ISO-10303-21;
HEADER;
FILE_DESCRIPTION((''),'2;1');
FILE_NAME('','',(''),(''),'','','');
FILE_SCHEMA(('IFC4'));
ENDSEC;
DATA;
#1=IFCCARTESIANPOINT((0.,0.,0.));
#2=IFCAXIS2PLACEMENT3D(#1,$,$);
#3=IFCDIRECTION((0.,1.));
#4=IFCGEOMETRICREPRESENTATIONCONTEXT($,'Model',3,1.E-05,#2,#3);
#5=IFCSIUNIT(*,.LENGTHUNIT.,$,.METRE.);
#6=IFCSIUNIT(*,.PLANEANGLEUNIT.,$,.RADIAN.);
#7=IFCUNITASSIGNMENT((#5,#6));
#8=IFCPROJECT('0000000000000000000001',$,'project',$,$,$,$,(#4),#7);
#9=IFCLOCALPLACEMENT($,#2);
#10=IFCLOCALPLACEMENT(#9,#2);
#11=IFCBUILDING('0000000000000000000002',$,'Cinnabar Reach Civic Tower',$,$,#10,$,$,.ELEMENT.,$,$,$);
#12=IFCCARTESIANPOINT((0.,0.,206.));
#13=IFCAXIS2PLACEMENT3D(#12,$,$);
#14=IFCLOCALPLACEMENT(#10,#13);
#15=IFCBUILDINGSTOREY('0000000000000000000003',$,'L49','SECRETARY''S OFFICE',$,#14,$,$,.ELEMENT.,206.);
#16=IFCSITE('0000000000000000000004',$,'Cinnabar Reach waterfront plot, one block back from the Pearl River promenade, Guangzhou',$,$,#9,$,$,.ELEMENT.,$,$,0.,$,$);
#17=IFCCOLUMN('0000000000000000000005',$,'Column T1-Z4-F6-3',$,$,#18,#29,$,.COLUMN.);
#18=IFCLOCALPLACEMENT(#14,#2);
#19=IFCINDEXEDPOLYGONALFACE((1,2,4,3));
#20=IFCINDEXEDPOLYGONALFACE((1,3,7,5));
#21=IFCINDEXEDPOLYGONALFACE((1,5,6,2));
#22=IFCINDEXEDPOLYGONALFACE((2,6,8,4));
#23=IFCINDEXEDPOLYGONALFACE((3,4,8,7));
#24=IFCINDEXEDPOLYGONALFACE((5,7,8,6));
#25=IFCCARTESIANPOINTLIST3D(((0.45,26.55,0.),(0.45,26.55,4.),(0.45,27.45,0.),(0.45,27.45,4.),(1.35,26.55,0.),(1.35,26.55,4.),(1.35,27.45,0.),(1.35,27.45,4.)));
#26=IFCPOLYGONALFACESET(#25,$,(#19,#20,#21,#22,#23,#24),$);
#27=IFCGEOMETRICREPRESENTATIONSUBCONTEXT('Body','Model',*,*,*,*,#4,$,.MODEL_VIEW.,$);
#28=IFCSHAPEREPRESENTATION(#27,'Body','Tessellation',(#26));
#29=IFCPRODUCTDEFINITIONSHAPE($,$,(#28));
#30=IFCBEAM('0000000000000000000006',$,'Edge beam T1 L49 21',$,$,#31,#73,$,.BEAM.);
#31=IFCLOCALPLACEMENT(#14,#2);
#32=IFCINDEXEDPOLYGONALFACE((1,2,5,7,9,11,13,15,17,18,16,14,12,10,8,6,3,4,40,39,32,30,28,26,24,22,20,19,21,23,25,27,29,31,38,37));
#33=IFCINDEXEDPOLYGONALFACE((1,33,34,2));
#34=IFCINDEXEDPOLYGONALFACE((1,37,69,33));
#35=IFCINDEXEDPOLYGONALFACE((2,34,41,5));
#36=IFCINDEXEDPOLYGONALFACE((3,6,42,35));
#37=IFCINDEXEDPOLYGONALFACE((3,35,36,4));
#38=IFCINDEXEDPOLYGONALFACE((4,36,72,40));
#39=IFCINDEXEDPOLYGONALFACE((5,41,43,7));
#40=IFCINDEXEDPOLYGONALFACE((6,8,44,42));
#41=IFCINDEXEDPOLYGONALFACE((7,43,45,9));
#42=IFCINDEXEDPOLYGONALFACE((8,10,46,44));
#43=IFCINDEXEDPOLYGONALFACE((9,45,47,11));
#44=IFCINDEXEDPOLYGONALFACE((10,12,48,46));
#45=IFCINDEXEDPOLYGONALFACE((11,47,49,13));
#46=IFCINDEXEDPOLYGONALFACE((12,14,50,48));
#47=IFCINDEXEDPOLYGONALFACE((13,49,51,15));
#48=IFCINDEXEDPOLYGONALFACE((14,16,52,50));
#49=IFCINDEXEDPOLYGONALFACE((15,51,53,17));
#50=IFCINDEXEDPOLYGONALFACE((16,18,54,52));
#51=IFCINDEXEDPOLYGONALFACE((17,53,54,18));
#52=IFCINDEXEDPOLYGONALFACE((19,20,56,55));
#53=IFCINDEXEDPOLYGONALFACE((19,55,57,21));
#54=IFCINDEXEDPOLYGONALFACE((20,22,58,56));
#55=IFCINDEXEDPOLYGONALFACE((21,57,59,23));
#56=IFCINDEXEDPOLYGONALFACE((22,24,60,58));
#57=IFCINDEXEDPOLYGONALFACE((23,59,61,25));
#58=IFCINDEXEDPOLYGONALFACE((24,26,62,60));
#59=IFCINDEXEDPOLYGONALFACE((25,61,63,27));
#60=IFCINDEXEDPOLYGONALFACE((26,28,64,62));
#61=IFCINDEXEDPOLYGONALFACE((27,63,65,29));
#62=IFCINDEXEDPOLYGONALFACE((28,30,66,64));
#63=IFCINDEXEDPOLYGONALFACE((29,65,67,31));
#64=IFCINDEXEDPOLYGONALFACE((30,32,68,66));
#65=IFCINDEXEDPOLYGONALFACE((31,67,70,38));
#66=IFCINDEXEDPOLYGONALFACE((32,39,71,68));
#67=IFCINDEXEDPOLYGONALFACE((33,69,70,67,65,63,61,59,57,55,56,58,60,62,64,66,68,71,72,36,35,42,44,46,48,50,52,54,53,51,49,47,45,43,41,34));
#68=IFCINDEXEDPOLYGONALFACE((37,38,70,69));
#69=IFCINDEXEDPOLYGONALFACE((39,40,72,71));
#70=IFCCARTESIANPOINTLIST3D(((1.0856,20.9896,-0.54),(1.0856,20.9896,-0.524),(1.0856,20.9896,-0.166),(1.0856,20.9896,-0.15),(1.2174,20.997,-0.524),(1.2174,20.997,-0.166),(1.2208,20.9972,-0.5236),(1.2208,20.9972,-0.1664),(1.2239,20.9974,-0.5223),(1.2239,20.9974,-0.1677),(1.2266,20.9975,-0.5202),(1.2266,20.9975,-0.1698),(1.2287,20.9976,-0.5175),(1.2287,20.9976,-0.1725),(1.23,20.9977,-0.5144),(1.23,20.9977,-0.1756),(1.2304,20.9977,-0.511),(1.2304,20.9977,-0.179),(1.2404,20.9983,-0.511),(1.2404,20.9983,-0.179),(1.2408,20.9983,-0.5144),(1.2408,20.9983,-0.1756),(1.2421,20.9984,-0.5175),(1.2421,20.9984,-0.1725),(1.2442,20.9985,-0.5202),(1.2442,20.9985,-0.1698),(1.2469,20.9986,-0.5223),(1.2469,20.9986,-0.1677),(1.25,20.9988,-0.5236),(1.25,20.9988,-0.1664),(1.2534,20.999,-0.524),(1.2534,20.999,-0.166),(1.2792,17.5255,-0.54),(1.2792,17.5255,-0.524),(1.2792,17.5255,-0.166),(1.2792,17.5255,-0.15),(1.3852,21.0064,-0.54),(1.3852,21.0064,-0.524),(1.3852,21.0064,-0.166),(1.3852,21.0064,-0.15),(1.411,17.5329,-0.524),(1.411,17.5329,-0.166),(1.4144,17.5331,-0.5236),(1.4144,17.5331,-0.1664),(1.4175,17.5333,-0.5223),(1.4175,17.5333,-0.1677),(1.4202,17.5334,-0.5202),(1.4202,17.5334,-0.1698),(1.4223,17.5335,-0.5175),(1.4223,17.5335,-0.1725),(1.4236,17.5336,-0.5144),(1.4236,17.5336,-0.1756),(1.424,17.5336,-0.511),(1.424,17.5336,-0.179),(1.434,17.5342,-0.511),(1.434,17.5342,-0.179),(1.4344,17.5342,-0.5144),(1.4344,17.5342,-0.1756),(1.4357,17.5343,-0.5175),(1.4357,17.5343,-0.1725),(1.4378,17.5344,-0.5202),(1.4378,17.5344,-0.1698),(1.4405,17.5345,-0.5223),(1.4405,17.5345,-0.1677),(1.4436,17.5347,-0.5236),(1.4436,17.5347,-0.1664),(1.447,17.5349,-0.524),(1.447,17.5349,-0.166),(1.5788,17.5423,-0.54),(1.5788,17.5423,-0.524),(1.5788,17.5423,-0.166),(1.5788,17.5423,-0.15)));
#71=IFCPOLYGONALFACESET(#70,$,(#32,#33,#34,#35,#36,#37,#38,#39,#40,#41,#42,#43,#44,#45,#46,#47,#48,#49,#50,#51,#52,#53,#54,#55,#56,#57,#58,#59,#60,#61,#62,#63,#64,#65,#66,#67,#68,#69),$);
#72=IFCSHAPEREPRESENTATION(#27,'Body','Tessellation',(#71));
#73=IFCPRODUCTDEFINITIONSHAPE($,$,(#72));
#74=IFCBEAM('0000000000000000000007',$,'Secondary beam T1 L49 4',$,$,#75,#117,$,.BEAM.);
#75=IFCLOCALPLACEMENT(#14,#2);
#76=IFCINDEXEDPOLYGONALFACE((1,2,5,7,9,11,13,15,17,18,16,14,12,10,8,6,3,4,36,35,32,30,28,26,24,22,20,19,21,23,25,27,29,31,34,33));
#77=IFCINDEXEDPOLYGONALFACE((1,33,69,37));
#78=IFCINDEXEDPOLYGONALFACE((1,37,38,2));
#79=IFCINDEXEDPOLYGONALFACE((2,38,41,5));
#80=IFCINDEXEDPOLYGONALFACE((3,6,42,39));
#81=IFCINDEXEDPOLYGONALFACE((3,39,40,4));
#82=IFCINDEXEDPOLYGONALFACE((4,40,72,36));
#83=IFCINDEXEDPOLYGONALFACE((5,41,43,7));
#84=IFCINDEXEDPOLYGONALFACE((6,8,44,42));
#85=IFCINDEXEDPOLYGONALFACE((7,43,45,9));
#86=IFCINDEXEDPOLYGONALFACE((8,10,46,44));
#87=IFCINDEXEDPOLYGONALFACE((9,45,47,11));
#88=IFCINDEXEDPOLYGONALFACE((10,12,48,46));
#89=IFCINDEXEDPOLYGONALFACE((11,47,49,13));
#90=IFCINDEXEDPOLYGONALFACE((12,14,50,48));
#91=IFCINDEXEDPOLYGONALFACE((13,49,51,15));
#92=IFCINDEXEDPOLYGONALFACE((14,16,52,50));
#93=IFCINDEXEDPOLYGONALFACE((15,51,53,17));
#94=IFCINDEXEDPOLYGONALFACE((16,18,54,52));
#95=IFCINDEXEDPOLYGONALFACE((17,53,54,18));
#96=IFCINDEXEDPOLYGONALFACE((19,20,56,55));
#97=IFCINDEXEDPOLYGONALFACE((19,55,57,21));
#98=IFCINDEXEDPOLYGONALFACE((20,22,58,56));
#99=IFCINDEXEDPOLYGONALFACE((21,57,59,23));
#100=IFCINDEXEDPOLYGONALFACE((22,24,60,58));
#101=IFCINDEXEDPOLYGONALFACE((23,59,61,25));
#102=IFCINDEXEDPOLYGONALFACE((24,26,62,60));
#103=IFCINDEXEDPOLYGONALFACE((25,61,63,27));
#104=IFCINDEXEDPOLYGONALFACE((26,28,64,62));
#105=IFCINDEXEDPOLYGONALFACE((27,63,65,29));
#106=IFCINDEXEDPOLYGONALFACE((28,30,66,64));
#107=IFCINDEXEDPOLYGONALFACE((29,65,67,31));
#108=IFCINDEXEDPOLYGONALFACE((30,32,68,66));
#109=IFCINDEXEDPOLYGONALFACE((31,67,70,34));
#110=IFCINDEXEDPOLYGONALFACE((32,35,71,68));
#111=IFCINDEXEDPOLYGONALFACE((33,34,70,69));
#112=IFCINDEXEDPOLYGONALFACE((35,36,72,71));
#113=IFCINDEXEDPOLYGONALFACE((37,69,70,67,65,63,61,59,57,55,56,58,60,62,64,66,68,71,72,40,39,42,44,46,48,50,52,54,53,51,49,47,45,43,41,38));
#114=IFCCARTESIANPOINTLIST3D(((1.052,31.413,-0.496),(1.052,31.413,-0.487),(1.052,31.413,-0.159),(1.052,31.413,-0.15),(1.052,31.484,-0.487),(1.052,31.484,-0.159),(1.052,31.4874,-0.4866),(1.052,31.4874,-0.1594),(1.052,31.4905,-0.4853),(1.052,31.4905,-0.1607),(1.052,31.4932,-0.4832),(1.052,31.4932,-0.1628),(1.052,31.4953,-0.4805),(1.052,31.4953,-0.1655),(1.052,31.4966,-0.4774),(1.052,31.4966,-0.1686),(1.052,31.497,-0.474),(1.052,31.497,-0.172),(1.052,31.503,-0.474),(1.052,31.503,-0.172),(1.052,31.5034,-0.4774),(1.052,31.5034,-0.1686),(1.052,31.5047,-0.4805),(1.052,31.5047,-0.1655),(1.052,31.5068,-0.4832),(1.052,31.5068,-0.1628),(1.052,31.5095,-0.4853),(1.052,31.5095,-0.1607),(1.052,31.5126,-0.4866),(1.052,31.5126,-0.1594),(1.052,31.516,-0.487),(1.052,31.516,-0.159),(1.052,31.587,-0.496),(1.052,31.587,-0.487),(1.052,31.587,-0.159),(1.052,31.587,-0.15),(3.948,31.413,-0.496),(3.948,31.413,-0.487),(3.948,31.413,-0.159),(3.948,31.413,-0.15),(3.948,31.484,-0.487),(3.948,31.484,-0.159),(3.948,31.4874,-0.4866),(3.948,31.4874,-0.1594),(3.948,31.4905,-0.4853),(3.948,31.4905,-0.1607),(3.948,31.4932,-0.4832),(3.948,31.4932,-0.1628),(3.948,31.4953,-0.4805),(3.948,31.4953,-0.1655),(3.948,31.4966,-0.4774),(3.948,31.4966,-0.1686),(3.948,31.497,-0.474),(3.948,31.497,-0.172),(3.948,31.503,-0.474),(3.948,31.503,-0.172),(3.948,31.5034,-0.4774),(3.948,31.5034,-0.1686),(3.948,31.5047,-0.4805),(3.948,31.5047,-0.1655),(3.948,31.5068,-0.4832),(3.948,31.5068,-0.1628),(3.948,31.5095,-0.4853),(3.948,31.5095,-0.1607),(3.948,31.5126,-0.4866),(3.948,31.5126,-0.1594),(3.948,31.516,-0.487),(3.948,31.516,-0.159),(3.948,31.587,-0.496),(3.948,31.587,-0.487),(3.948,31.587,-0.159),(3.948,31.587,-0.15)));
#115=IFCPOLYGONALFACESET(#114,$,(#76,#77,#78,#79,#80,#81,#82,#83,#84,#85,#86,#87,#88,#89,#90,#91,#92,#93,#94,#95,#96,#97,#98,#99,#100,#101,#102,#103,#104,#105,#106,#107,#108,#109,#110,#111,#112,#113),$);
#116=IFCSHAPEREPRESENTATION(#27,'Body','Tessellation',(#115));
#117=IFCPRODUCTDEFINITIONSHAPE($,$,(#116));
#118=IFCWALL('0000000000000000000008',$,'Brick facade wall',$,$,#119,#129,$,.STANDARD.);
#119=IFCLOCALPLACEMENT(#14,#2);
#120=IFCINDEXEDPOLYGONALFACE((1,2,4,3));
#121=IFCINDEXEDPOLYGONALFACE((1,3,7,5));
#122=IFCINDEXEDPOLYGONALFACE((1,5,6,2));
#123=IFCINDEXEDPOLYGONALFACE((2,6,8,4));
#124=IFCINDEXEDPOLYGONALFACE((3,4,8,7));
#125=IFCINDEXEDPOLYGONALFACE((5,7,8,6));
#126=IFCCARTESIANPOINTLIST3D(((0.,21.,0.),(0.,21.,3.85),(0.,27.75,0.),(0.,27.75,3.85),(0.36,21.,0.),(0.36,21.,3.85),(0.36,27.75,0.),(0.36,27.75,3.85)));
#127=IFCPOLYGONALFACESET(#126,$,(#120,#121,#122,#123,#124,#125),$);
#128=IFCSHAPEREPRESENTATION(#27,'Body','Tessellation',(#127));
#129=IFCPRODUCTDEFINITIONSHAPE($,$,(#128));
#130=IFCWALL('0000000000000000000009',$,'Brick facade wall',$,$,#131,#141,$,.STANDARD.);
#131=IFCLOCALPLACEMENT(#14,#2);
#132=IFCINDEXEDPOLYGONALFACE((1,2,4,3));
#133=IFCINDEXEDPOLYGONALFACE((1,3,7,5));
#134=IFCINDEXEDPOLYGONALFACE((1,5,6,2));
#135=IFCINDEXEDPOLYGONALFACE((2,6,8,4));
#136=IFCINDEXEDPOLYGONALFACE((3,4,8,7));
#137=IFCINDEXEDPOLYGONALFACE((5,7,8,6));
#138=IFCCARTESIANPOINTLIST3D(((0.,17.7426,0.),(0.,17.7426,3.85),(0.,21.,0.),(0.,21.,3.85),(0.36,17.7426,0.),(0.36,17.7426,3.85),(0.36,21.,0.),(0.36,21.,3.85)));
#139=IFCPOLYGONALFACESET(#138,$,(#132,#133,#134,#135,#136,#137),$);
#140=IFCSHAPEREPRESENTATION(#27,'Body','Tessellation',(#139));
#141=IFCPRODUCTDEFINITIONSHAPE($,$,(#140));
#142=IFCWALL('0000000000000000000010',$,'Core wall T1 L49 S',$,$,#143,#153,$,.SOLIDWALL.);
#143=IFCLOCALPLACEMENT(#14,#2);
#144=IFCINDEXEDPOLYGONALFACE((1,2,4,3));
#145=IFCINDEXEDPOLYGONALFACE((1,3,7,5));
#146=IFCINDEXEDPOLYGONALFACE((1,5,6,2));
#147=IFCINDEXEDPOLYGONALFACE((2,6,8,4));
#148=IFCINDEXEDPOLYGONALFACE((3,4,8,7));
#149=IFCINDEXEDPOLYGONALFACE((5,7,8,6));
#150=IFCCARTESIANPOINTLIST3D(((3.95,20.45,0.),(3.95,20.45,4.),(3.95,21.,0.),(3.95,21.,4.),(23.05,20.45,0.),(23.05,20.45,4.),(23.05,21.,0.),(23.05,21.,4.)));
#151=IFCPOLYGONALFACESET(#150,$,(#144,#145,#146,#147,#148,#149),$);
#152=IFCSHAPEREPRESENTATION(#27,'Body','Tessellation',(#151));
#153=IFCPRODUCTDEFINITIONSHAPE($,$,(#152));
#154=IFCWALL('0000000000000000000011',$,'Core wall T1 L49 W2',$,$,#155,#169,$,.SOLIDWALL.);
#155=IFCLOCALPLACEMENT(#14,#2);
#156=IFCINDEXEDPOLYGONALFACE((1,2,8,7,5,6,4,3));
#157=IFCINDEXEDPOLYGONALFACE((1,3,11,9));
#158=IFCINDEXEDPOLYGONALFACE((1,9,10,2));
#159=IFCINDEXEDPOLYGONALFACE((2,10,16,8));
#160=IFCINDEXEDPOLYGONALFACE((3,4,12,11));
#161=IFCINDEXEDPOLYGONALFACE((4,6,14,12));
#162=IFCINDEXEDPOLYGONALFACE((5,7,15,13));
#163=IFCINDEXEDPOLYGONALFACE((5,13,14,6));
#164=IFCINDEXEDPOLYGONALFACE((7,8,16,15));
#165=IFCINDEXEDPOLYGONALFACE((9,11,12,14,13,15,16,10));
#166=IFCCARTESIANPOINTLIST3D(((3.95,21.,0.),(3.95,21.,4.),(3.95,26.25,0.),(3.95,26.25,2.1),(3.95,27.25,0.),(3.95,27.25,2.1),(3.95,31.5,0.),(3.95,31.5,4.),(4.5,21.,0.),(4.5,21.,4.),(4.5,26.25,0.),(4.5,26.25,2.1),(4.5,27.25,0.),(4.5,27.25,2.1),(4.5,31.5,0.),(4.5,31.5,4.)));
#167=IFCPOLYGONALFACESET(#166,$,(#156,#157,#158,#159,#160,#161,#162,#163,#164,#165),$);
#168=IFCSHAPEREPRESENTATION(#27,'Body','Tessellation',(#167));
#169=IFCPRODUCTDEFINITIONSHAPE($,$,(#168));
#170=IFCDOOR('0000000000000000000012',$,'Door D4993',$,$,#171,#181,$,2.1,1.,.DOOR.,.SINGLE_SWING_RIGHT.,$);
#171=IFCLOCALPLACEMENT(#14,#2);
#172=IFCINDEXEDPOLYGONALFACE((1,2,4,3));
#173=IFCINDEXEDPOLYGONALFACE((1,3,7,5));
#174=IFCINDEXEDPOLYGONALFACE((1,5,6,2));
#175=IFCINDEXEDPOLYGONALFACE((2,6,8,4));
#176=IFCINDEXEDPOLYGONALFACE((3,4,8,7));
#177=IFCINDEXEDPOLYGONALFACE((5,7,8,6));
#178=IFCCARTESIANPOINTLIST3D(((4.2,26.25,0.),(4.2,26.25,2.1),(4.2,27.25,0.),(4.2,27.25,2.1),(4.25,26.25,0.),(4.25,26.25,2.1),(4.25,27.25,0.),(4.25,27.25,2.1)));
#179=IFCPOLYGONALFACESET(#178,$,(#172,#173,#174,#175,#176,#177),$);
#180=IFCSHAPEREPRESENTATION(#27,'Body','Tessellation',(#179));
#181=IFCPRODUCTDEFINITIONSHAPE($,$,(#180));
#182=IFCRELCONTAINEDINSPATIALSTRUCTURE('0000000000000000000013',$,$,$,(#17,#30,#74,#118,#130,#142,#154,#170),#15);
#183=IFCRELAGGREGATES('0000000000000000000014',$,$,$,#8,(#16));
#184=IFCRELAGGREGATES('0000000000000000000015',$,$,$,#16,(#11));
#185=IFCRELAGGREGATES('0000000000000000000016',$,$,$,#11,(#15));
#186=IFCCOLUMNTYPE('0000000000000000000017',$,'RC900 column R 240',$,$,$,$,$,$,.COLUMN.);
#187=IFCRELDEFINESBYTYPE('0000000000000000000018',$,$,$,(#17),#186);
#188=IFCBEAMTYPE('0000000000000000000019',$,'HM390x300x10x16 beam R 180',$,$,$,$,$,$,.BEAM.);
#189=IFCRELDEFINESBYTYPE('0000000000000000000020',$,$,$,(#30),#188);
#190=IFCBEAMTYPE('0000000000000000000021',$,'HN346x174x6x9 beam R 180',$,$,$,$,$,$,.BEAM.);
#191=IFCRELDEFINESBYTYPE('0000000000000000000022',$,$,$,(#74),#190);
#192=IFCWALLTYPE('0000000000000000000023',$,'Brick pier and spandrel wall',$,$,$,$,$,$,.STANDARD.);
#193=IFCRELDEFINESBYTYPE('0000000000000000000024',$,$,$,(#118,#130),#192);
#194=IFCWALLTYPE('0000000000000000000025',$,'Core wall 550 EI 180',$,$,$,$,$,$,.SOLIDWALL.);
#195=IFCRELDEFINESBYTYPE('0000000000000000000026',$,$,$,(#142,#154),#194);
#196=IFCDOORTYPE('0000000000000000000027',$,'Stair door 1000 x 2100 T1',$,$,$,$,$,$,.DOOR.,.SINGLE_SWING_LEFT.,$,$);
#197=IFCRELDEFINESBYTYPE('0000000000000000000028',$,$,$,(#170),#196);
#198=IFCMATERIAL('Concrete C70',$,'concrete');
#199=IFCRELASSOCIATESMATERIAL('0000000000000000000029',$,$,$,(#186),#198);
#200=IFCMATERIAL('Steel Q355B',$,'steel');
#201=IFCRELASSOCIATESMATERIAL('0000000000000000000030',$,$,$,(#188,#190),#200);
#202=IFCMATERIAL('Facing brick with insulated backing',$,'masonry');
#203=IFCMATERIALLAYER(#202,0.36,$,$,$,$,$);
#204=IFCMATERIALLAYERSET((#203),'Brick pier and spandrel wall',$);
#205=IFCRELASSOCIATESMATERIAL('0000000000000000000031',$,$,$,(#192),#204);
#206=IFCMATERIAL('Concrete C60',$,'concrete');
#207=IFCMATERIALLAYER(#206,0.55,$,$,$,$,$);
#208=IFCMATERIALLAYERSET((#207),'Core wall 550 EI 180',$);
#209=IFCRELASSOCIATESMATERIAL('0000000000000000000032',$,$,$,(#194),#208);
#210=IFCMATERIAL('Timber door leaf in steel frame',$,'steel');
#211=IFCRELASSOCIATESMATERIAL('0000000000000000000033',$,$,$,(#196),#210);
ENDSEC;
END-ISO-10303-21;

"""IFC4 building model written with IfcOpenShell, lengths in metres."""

from ifc_helpers import new_model, si_unit, direction, frame, frame_2d, origin, origin_2d, place, context, subcontext, project, spatial, rectangle, i_section, extrude, material, layer, layer_set, material_profile, profile_set, type_object, element, fill, save


model = new_model("IFC4")

# Units and contexts
model_context = context("Model", 3, precision=1e-05, world=origin(), true_north=direction((0.0, 1.0)))
body_context = subcontext(model_context, "Body", "Model", "MODEL_VIEW")
ifc_project = project(units=[si_unit("LENGTHUNIT", "METRE"), si_unit("PLANEANGLEUNIT", "RADIAN")], contexts=[model_context])

# Site, building, storey
site_placement = place(None, origin())
site = spatial("IfcSite", under=ifc_project, at=site_placement, Name="Cinnabar Reach waterfront plot, one block back from the Pearl River promenade, Guangzhou", CompositionType="ELEMENT", RefElevation=0.0)
building_placement = place(site_placement, origin())
building = spatial("IfcBuilding", under=site, at=building_placement, Name="Cinnabar Reach Civic Tower", CompositionType="ELEMENT")
storey_placement = place(building_placement, frame((0.0, 0.0, 206.0)))
storey = spatial("IfcBuildingStorey", under=building, at=storey_placement, Name="L49", Description="SECRETARY'S OFFICE", CompositionType="ELEMENT", Elevation=206.0)

# Column
ifc_material_1 = material(Name="Concrete C70", Category="concrete")
ifc_material_profile_1 = material_profile(ifc_material_1, rectangle(XDim=0.9, YDim=0.9, at=origin_2d()), Name="RC900")
ifc_profile_set_1 = profile_set([ifc_material_profile_1], Name="Concrete C70")
column_type = type_object("IfcColumnType", Name="RC900 column R 240", PredefinedType="COLUMN", material=ifc_profile_set_1)
column_placement = place(storey_placement, frame((0.9, 27.0, 0.0), z_axis=(0.0, 0.0, 1.0), x_axis=(1.0, 0.0, 0.0)))
element("IfcColumn", 1, at=column_placement, inside=storey, type_object=column_type, Name="Column T1-Z4-F6-3", PredefinedType="COLUMN", context=body_context, shape_type="SweptSolid", body=[
    extrude(rectangle(XDim=0.9, YDim=0.9, at=origin_2d()), origin(), (0.0, 0.0, 1.0), 4.0),
])

# Beams
ifc_material_2 = material(Name="Steel Q355B", Category="steel")
ifc_material_profile_2 = material_profile(ifc_material_2, i_section(OverallWidth=0.3, OverallDepth=0.39, WebThickness=0.01, FlangeThickness=0.016, FilletRadius=0.013, at=origin_2d()), Name="HM390x300x10x16")
ifc_profile_set_2 = profile_set([ifc_material_profile_2], Name="Steel Q355B")
beam_type_1 = type_object("IfcBeamType", Name="HM390x300x10x16 beam R 180", PredefinedType="BEAM", material=ifc_profile_set_2)
beam_1_placement = place(storey_placement, frame((1.2354, 20.998, -0.345), z_axis=(0.0558, -0.998442, 0.0), x_axis=(0.998442, 0.0558, 0.0)))
element("IfcBeam", 2, at=beam_1_placement, inside=storey, type_object=beam_type_1, Name="Edge beam T1 L49 21", PredefinedType="BEAM", context=body_context, shape_type="SweptSolid", body=[
    extrude(i_section(OverallWidth=0.3, OverallDepth=0.39, WebThickness=0.01, FlangeThickness=0.016, FilletRadius=0.013, at=origin_2d()), origin(), (0.0, 0.0, 1.0), 3.4695),
])
ifc_material_profile_3 = material_profile(ifc_material_2, i_section(OverallWidth=0.174, OverallDepth=0.346, WebThickness=0.006, FlangeThickness=0.009, FilletRadius=0.013, at=origin_2d()), Name="HN346x174x6x9")
ifc_profile_set_3 = profile_set([ifc_material_profile_3], Name="Steel Q355B")
beam_type_2 = type_object("IfcBeamType", Name="HN346x174x6x9 beam R 180", PredefinedType="BEAM", material=ifc_profile_set_3)
beam_2_placement = place(storey_placement, frame((1.052, 31.5, -0.323), z_axis=(1.0, 0.0, 0.0), x_axis=(0.0, 1.0, 0.0)))
element("IfcBeam", 3, at=beam_2_placement, inside=storey, type_object=beam_type_2, Name="Secondary beam T1 L49 4", PredefinedType="BEAM", context=body_context, shape_type="SweptSolid", body=[
    extrude(i_section(OverallWidth=0.174, OverallDepth=0.346, WebThickness=0.006, FlangeThickness=0.009, FilletRadius=0.013, at=origin_2d()), origin(), (0.0, 0.0, 1.0), 2.896),
])

# Walls
ifc_material_3 = material(Name="Facing brick with insulated backing", Category="masonry")
ifc_layer_1 = layer(ifc_material_3, 0.36)
ifc_layer_set_1 = layer_set([ifc_layer_1], Name="Brick pier and spandrel wall")
wall_type_1 = type_object("IfcWallType", Name="Brick pier and spandrel wall", PredefinedType="STANDARD", material=ifc_layer_set_1)
wall_1_placement = place(storey_placement, frame((0.18, 27.75, 0.0), z_axis=(0.0, 0.0, 1.0), x_axis=(0.0, -1.0, 0.0)))
element("IfcWall", 4, at=wall_1_placement, inside=storey, type_object=wall_type_1, Name="Brick facade wall", PredefinedType="STANDARD", context=body_context, shape_type="SweptSolid", body=[
    extrude(rectangle(XDim=6.75, YDim=0.36, at=frame_2d((3.375, 0.0))), origin(), (0.0, 0.0, 1.0), 3.85),
])
wall_2_placement = place(storey_placement, frame((0.18, 21.0, 0.0), z_axis=(0.0, 0.0, 1.0), x_axis=(0.0, -1.0, 0.0)))
element("IfcWall", 5, at=wall_2_placement, inside=storey, type_object=wall_type_1, Name="Brick facade wall", PredefinedType="STANDARD", context=body_context, shape_type="SweptSolid", body=[
    extrude(rectangle(XDim=3.2574, YDim=0.36, at=frame_2d((1.6287, 0.0))), origin(), (0.0, 0.0, 1.0), 3.85),
])
ifc_material_4 = material(Name="Concrete C60", Category="concrete")
ifc_layer_2 = layer(ifc_material_4, 0.55)
ifc_layer_set_2 = layer_set([ifc_layer_2], Name="Core wall 550 EI 180")
wall_type_2 = type_object("IfcWallType", Name="Core wall 550 EI 180", PredefinedType="SOLIDWALL", material=ifc_layer_set_2)
wall_3_placement = place(storey_placement, frame((3.95, 20.725, 0.0), z_axis=(0.0, 0.0, 1.0), x_axis=(1.0, 0.0, 0.0)))
element("IfcWall", 6, at=wall_3_placement, inside=storey, type_object=wall_type_2, Name="Core wall T1 L49 S", PredefinedType="SOLIDWALL", context=body_context, shape_type="SweptSolid", body=[
    extrude(rectangle(XDim=19.1, YDim=0.55, at=frame_2d((9.55, 0.0))), origin(), (0.0, 0.0, 1.0), 4.0),
])

# Wall, opening, door
wall_4_placement = place(storey_placement, frame((4.225, 31.5, 0.0), z_axis=(0.0, 0.0, 1.0), x_axis=(0.0, -1.0, 0.0)))
wall_4 = element("IfcWall", 7, at=wall_4_placement, inside=storey, type_object=wall_type_2, Name="Core wall T1 L49 W2", PredefinedType="SOLIDWALL", context=body_context, shape_type="SweptSolid", body=[
    extrude(rectangle(XDim=10.5, YDim=0.55, at=frame_2d((5.25, 0.0))), origin(), (0.0, 0.0, 1.0), 4.0),
])
opening_1_placement = place(wall_4_placement, frame((4.25, 0.0, 0.0)))
opening_1 = element("IfcOpeningElement", 8, at=opening_1_placement, cuts=wall_4, PredefinedType="OPENING", context=body_context, shape_type="SweptSolid", body=[
    extrude(rectangle(XDim=1.0, YDim=2.1, at=frame_2d((0.5, 1.05))), frame((0.0, 0.285, 0.0), z_axis=(0.0, -1.0, 0.0), x_axis=(1.0, 0.0, 0.0)), (0.0, 0.0, 1.0), 0.57),
])
ifc_material_5 = material(Name="Timber door leaf in steel frame", Category="steel")
door_type_1 = type_object("IfcDoorType", Name="Stair door 1000 x 2100 T1", OperationType="SINGLE_SWING_LEFT", PredefinedType="DOOR", material=ifc_material_5)
door_1_placement = place(opening_1_placement, frame((1.0, 0.0, 0.0), z_axis=(0.0, 0.0, 1.0), x_axis=(-1.0, 0.0, 0.0)))
door_1 = element("IfcDoor", 9, at=door_1_placement, inside=storey, type_object=door_type_1, Name="Door D4993", OperationType="SINGLE_SWING_RIGHT", OverallHeight=2.1, OverallWidth=1.0, PredefinedType="DOOR", context=body_context, shape_type="SweptSolid", body=[
    extrude(rectangle(XDim=1.0, YDim=2.1, at=frame_2d((0.5, 1.05))), frame((0.0, 0.025, 0.0), z_axis=(0.0, -1.0, 0.0), x_axis=(1.0, 0.0, 0.0)), (0.0, 0.0, 1.0), 0.05),
])
fill(opening_1, door_1)

save(model, "model.ifc")
